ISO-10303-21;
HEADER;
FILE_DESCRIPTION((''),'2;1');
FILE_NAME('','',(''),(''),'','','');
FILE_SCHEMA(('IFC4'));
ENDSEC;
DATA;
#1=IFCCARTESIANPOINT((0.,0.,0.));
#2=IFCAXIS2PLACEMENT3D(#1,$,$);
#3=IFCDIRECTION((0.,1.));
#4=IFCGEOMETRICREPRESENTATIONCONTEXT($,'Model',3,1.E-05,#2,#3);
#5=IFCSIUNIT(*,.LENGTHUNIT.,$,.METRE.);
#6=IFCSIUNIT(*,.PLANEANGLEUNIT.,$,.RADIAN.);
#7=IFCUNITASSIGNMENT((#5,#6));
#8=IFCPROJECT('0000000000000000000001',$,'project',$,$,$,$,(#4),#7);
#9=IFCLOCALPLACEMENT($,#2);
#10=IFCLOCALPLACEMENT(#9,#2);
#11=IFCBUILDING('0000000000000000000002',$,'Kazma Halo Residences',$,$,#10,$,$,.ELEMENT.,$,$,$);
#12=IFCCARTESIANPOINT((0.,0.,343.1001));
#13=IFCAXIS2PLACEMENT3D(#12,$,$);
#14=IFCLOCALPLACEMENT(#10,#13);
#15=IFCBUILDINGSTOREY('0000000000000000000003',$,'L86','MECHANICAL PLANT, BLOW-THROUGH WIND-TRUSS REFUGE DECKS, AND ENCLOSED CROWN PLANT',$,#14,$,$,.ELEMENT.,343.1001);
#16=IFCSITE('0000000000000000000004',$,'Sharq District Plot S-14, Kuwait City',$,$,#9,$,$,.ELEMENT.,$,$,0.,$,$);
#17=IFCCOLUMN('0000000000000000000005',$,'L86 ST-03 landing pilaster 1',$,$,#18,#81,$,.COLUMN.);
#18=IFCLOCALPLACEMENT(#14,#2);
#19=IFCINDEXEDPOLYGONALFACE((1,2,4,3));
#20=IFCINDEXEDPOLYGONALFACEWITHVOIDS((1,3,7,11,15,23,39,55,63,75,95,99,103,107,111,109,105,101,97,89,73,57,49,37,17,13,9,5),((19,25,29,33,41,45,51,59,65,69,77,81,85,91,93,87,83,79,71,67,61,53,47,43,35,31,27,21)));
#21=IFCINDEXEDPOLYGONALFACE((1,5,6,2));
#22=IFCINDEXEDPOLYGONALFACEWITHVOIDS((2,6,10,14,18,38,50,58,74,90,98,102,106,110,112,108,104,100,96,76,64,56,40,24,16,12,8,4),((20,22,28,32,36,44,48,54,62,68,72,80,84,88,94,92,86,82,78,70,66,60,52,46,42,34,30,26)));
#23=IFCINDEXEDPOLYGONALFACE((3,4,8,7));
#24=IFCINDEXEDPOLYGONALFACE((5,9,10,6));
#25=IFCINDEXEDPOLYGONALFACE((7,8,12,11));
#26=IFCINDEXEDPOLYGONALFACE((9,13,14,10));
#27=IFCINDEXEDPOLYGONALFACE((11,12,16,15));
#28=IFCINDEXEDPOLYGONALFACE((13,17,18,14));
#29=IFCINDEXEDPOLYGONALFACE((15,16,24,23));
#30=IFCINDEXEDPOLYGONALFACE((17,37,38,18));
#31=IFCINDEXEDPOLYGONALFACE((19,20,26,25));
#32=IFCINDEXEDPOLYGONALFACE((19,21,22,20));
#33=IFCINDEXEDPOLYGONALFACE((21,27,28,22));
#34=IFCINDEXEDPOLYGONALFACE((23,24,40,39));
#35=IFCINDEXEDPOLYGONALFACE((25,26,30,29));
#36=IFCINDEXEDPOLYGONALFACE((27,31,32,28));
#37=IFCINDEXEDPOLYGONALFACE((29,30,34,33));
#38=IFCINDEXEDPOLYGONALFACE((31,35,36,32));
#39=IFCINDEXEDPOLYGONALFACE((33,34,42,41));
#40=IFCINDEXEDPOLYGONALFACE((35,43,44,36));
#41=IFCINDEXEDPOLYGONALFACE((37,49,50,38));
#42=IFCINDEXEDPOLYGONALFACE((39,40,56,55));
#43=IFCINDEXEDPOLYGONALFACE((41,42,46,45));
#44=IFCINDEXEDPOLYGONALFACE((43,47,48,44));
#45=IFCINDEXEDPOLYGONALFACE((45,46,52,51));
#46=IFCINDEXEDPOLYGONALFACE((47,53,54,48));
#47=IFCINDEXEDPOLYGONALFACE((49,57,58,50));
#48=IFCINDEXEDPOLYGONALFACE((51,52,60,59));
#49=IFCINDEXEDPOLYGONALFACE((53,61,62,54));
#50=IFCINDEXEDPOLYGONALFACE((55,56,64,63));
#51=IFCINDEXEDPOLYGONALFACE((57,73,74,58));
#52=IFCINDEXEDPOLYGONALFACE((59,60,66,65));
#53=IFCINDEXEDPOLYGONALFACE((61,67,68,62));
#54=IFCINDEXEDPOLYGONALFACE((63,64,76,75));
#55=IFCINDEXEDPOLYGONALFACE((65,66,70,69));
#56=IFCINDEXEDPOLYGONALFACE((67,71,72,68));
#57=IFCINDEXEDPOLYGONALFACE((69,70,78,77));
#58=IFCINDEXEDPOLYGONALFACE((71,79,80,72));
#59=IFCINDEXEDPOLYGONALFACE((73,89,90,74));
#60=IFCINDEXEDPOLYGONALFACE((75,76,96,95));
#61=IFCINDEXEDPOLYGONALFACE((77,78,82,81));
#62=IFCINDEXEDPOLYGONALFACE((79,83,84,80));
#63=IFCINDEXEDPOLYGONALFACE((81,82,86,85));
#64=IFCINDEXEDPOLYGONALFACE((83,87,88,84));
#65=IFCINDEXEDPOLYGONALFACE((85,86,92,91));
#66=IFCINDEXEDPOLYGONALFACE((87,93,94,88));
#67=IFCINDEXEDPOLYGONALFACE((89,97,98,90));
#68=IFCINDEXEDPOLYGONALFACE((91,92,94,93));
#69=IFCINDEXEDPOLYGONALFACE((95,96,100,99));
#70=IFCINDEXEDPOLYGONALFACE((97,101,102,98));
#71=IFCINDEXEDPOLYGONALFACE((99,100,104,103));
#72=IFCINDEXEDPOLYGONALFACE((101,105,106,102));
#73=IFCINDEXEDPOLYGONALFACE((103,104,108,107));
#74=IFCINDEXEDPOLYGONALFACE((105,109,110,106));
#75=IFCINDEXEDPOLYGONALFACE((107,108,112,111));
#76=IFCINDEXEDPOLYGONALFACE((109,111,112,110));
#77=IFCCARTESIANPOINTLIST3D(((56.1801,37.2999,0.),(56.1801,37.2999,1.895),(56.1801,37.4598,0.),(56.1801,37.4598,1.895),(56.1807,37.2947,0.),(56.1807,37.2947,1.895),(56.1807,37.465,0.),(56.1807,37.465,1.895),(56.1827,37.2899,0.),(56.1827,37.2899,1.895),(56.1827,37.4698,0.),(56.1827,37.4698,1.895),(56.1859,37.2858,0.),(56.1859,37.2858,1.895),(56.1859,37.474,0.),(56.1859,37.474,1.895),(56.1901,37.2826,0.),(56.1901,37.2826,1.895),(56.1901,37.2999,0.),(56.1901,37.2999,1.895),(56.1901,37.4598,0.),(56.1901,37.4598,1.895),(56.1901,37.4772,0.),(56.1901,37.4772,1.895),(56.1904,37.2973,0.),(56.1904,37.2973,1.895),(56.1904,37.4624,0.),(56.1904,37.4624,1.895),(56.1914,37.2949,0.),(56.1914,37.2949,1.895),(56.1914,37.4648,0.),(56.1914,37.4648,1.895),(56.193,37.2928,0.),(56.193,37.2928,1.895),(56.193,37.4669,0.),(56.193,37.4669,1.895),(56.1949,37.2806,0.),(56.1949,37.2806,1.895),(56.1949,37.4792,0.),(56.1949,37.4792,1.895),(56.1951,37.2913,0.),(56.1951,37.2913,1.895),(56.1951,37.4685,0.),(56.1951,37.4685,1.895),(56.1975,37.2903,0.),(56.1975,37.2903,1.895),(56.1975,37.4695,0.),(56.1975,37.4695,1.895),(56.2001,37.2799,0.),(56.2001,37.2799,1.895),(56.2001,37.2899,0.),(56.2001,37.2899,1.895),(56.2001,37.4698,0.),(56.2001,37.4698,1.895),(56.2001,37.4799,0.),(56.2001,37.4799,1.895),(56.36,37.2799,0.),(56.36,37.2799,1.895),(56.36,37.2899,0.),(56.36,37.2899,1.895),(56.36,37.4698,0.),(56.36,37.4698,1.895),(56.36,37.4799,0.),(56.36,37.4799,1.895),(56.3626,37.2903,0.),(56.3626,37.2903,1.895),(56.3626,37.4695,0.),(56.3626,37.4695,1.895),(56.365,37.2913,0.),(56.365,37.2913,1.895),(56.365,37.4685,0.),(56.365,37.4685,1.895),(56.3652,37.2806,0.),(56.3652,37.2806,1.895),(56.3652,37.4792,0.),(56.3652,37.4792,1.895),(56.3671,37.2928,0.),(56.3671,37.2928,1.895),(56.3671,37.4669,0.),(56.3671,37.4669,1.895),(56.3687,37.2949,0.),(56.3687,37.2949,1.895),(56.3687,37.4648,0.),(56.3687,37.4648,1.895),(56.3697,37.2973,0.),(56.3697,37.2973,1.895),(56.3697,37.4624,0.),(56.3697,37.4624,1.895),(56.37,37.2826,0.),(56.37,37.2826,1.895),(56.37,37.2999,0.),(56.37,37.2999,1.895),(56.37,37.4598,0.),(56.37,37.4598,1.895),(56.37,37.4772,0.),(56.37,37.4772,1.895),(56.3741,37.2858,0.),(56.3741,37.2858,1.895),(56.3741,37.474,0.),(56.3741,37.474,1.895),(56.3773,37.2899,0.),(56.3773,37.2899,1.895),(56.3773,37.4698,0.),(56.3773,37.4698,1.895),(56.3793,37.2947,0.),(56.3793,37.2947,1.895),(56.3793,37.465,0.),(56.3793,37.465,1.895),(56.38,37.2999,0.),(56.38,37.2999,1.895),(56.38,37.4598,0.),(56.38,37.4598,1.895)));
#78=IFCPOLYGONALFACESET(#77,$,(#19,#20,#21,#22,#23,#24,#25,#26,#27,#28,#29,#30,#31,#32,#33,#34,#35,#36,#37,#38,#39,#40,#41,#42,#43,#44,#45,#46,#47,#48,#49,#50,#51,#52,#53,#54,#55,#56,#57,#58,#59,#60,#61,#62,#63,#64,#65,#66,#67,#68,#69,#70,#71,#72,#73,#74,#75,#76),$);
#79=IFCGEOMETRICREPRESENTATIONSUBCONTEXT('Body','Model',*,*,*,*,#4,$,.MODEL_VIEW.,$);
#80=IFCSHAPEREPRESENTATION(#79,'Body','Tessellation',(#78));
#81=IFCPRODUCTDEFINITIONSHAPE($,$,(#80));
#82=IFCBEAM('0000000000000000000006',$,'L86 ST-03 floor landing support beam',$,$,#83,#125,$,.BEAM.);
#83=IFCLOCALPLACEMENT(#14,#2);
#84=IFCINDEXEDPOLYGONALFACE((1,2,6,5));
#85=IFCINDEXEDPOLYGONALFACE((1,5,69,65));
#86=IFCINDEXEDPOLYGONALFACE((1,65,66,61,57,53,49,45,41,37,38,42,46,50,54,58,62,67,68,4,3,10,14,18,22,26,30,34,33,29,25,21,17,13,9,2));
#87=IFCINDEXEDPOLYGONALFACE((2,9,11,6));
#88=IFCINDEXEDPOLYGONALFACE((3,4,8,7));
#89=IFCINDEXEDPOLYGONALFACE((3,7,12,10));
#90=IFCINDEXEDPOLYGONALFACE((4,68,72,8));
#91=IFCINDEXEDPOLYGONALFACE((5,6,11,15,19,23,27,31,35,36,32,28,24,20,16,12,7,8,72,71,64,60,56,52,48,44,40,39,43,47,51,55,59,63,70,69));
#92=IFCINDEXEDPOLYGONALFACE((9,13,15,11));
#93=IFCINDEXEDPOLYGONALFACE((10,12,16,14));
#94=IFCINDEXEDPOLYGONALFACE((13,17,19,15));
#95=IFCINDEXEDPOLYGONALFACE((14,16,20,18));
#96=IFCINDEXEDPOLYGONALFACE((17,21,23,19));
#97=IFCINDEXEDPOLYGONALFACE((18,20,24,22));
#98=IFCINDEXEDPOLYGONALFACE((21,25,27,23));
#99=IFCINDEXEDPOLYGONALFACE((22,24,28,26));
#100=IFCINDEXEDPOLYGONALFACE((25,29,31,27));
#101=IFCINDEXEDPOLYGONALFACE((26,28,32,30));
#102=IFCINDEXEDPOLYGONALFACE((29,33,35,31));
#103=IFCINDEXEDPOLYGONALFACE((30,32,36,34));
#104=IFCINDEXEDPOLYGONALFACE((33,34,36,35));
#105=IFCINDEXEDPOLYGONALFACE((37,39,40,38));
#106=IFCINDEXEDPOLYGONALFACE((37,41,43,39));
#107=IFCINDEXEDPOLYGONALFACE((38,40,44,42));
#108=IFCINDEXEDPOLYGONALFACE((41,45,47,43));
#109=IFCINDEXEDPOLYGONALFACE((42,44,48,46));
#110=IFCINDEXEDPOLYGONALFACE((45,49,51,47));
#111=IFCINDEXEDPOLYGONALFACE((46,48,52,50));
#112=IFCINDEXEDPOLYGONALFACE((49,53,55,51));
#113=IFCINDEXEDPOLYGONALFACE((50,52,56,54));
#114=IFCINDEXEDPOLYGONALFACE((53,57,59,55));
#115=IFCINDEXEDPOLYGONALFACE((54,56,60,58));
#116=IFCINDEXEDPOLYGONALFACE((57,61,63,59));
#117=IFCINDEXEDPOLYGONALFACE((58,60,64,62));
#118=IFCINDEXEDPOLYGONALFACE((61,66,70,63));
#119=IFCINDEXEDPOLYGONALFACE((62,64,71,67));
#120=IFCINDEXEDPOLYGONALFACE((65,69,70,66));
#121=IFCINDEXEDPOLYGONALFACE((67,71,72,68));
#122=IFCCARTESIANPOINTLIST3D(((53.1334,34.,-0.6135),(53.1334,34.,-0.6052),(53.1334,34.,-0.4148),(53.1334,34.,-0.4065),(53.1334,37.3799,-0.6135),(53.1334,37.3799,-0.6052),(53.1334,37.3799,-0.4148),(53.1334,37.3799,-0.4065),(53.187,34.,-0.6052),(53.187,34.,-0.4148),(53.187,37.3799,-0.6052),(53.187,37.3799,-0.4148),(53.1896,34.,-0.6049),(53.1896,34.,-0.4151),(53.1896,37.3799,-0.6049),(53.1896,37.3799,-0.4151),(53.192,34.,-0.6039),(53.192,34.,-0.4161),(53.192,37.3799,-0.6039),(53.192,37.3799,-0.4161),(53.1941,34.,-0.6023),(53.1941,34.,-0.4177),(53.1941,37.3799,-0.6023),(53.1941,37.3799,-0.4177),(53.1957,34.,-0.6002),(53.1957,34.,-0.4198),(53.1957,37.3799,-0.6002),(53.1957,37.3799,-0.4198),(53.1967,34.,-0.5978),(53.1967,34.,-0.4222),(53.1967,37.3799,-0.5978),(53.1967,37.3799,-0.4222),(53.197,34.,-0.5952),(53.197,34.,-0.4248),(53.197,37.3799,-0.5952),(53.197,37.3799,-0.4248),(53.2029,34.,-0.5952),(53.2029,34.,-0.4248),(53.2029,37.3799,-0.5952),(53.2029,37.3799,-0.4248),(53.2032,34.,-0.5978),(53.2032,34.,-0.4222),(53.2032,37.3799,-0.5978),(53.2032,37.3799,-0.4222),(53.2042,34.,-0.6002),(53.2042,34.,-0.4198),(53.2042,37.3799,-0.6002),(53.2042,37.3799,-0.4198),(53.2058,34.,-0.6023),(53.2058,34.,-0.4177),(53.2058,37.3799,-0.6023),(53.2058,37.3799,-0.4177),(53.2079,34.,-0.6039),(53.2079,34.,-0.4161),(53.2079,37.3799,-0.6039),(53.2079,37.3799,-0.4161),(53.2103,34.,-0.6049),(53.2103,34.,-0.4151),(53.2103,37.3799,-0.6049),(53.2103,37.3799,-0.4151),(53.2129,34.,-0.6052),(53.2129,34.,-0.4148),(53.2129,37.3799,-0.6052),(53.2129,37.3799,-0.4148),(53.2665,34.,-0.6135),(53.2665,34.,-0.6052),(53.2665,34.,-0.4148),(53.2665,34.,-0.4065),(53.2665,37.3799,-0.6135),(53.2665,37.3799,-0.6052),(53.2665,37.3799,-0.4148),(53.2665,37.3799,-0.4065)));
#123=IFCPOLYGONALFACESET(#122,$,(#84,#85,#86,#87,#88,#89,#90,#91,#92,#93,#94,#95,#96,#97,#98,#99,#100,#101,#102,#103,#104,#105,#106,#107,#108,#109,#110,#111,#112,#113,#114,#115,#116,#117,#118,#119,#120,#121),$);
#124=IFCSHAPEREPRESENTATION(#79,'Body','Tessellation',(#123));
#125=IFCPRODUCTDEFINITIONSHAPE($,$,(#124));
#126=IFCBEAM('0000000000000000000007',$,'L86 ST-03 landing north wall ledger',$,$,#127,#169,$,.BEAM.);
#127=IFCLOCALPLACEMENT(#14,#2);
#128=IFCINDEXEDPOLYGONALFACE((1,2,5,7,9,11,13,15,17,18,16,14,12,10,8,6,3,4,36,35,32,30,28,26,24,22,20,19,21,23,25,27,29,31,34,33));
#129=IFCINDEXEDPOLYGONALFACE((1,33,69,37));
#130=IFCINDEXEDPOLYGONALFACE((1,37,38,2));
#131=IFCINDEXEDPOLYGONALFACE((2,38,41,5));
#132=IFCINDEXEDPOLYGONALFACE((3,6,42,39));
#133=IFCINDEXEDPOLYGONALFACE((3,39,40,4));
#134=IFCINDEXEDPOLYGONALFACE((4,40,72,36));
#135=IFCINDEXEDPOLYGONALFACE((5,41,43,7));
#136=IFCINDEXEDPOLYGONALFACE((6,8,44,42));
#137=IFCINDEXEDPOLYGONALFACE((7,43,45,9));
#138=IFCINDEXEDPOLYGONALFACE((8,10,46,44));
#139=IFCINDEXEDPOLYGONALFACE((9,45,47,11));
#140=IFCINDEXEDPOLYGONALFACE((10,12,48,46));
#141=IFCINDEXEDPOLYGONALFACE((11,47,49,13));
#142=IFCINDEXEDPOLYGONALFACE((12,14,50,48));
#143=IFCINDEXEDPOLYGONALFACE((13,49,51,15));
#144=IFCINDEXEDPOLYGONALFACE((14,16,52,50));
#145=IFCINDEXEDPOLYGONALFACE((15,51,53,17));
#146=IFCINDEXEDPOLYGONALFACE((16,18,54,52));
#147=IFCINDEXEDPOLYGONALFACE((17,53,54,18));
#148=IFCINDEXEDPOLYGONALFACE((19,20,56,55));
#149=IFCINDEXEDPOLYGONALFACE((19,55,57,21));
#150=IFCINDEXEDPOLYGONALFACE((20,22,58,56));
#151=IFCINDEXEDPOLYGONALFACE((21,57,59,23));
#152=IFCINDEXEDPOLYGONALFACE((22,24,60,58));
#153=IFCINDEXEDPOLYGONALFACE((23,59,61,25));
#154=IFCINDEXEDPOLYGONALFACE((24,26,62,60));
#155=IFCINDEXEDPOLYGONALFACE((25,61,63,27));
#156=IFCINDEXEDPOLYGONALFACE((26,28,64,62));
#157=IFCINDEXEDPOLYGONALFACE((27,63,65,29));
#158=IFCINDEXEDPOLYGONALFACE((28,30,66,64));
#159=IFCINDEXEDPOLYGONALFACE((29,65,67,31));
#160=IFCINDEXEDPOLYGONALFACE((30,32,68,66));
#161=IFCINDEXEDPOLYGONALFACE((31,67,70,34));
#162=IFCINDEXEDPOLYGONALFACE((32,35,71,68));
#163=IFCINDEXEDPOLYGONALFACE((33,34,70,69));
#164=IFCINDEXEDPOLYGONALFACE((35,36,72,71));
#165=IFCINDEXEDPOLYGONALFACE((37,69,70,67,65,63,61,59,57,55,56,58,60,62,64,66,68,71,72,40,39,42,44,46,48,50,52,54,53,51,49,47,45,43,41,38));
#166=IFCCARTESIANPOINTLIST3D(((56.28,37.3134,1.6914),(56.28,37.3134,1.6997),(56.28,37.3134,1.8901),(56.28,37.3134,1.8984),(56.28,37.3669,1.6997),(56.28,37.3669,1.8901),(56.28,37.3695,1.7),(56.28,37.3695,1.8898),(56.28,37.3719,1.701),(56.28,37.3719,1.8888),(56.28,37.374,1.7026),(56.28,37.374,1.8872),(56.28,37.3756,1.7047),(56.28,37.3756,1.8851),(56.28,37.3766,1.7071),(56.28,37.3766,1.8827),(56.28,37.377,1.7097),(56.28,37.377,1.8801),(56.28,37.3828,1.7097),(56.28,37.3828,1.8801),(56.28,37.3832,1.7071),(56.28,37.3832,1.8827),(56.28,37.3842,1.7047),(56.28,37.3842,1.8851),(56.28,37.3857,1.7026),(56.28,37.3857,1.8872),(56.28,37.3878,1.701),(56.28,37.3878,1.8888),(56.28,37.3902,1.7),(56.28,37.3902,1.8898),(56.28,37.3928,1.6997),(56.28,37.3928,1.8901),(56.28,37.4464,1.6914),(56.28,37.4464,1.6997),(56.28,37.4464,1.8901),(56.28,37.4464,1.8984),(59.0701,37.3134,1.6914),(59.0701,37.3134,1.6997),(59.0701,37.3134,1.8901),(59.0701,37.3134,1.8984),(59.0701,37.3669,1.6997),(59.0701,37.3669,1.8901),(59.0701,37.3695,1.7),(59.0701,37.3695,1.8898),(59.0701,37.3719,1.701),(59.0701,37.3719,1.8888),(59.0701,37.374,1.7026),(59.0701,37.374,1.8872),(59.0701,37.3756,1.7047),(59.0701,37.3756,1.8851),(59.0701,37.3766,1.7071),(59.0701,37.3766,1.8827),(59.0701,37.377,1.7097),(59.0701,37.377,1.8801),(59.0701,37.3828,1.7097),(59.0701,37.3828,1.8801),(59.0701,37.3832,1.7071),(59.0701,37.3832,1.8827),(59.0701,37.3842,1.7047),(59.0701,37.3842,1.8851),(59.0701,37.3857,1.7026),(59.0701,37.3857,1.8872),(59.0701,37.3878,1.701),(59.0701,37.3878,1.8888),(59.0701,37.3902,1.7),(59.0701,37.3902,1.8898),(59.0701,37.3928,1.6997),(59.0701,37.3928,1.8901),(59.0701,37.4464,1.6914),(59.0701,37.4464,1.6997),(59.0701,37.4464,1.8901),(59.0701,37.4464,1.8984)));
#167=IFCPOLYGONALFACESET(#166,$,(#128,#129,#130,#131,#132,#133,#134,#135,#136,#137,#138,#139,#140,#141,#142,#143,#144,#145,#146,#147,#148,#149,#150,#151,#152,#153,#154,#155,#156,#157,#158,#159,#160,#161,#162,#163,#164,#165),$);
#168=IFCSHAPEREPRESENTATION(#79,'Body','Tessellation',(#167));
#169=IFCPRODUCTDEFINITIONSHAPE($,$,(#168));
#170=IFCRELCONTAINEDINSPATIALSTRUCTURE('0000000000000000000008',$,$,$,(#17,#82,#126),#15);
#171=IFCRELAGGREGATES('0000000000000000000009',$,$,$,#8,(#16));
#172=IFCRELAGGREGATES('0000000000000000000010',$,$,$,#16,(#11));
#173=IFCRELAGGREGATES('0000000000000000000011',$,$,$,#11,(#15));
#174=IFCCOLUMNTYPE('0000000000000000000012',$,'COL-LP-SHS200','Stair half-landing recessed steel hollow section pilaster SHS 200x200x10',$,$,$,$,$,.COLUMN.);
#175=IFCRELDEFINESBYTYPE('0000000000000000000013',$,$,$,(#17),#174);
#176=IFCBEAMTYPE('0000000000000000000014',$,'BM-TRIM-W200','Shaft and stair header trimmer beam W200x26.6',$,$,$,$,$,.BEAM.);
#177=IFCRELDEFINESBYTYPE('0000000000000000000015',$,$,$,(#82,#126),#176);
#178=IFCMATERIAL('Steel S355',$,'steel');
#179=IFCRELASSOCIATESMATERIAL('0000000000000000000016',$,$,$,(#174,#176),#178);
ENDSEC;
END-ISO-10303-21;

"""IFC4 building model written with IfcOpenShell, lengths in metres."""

from ifc_helpers import new_model, si_unit, direction, frame, origin, origin_2d, place, context, subcontext, project, spatial, hollow_rectangle, i_section, extrude, material, material_profile, profile_set, type_object, element, save


model = new_model("IFC4")

# Units and contexts
model_context = context("Model", 3, precision=1e-05, world=origin(), true_north=direction((0.0, 1.0)))
body_context = subcontext(model_context, "Body", "Model", "MODEL_VIEW")
ifc_project = project(units=[si_unit("LENGTHUNIT", "METRE"), si_unit("PLANEANGLEUNIT", "RADIAN")], contexts=[model_context])

# Site, building, storey
site_placement = place(None, origin())
site = spatial("IfcSite", under=ifc_project, at=site_placement, Name="Sharq District Plot S-14, Kuwait City", CompositionType="ELEMENT", RefElevation=0.0)
building_placement = place(site_placement, origin())
building = spatial("IfcBuilding", under=site, at=building_placement, Name="Kazma Halo Residences", CompositionType="ELEMENT")
storey_placement = place(building_placement, frame((0.0, 0.0, 343.1001)))
storey = spatial("IfcBuildingStorey", under=building, at=storey_placement, Name="L86", Description="MECHANICAL PLANT, BLOW-THROUGH WIND-TRUSS REFUGE DECKS, AND ENCLOSED CROWN PLANT", CompositionType="ELEMENT", Elevation=343.1001)

# Column
ifc_material_1 = material(Name="Steel S355", Category="steel")
ifc_material_profile_1 = material_profile(ifc_material_1, hollow_rectangle(XDim=0.2, YDim=0.2, WallThickness=0.01, InnerFilletRadius=0.01, OuterFilletRadius=0.02, at=origin_2d()), Name="SHS200x200x10")
ifc_profile_set_1 = profile_set([ifc_material_profile_1], Name="Steel S355")
column_type = type_object("IfcColumnType", Name="COL-LP-SHS200", Description="Stair half-landing recessed steel hollow section pilaster SHS 200x200x10", PredefinedType="COLUMN", material=ifc_profile_set_1)
column_placement = place(storey_placement, frame((56.28, 37.3799, 0.0), z_axis=(0.0, 0.0, 1.0), x_axis=(1.0, 0.0, 0.0)))
element("IfcColumn", 1, at=column_placement, inside=storey, type_object=column_type, Name="L86 ST-03 landing pilaster 1", PredefinedType="COLUMN", context=body_context, shape_type="SweptSolid", body=[
    extrude(hollow_rectangle(XDim=0.2, YDim=0.2, WallThickness=0.01, InnerFilletRadius=0.01, OuterFilletRadius=0.02, at=origin_2d()), origin(), (0.0, 0.0, 1.0), 1.895),
])

# Beams
ifc_material_profile_2 = material_profile(ifc_material_1, i_section(OverallWidth=0.1331, OverallDepth=0.207, WebThickness=0.0059, FlangeThickness=0.0083, FilletRadius=0.01, at=origin_2d()), Name="W200x26.6")
ifc_profile_set_2 = profile_set([ifc_material_profile_2], Name="Steel S355")
beam_type = type_object("IfcBeamType", Name="BM-TRIM-W200", Description="Shaft and stair header trimmer beam W200x26.6", PredefinedType="BEAM", material=ifc_profile_set_2)
beam_1_placement = place(storey_placement, frame((53.2, 34.0, -0.51), z_axis=(0.0, 1.0, 0.0), x_axis=(-1.0, 0.0, 0.0)))
element("IfcBeam", 2, at=beam_1_placement, inside=storey, type_object=beam_type, Name="L86 ST-03 floor landing support beam", PredefinedType="BEAM", context=body_context, shape_type="SweptSolid", body=[
    extrude(i_section(OverallWidth=0.1331, OverallDepth=0.207, WebThickness=0.0059, FlangeThickness=0.0083, FilletRadius=0.01, at=origin_2d()), origin(), (0.0, 0.0, 1.0), 3.3799),
])
beam_2_placement = place(storey_placement, frame((56.28, 37.3799, 1.7949), z_axis=(1.0, 0.0, 0.0), x_axis=(0.0, 1.0, 0.0)))
element("IfcBeam", 3, at=beam_2_placement, inside=storey, type_object=beam_type, Name="L86 ST-03 landing north wall ledger", PredefinedType="BEAM", context=body_context, shape_type="SweptSolid", body=[
    extrude(i_section(OverallWidth=0.1331, OverallDepth=0.207, WebThickness=0.0059, FlangeThickness=0.0083, FilletRadius=0.01, at=origin_2d()), origin(), (0.0, 0.0, 1.0), 2.79),
])

save(model, "model.ifc")
